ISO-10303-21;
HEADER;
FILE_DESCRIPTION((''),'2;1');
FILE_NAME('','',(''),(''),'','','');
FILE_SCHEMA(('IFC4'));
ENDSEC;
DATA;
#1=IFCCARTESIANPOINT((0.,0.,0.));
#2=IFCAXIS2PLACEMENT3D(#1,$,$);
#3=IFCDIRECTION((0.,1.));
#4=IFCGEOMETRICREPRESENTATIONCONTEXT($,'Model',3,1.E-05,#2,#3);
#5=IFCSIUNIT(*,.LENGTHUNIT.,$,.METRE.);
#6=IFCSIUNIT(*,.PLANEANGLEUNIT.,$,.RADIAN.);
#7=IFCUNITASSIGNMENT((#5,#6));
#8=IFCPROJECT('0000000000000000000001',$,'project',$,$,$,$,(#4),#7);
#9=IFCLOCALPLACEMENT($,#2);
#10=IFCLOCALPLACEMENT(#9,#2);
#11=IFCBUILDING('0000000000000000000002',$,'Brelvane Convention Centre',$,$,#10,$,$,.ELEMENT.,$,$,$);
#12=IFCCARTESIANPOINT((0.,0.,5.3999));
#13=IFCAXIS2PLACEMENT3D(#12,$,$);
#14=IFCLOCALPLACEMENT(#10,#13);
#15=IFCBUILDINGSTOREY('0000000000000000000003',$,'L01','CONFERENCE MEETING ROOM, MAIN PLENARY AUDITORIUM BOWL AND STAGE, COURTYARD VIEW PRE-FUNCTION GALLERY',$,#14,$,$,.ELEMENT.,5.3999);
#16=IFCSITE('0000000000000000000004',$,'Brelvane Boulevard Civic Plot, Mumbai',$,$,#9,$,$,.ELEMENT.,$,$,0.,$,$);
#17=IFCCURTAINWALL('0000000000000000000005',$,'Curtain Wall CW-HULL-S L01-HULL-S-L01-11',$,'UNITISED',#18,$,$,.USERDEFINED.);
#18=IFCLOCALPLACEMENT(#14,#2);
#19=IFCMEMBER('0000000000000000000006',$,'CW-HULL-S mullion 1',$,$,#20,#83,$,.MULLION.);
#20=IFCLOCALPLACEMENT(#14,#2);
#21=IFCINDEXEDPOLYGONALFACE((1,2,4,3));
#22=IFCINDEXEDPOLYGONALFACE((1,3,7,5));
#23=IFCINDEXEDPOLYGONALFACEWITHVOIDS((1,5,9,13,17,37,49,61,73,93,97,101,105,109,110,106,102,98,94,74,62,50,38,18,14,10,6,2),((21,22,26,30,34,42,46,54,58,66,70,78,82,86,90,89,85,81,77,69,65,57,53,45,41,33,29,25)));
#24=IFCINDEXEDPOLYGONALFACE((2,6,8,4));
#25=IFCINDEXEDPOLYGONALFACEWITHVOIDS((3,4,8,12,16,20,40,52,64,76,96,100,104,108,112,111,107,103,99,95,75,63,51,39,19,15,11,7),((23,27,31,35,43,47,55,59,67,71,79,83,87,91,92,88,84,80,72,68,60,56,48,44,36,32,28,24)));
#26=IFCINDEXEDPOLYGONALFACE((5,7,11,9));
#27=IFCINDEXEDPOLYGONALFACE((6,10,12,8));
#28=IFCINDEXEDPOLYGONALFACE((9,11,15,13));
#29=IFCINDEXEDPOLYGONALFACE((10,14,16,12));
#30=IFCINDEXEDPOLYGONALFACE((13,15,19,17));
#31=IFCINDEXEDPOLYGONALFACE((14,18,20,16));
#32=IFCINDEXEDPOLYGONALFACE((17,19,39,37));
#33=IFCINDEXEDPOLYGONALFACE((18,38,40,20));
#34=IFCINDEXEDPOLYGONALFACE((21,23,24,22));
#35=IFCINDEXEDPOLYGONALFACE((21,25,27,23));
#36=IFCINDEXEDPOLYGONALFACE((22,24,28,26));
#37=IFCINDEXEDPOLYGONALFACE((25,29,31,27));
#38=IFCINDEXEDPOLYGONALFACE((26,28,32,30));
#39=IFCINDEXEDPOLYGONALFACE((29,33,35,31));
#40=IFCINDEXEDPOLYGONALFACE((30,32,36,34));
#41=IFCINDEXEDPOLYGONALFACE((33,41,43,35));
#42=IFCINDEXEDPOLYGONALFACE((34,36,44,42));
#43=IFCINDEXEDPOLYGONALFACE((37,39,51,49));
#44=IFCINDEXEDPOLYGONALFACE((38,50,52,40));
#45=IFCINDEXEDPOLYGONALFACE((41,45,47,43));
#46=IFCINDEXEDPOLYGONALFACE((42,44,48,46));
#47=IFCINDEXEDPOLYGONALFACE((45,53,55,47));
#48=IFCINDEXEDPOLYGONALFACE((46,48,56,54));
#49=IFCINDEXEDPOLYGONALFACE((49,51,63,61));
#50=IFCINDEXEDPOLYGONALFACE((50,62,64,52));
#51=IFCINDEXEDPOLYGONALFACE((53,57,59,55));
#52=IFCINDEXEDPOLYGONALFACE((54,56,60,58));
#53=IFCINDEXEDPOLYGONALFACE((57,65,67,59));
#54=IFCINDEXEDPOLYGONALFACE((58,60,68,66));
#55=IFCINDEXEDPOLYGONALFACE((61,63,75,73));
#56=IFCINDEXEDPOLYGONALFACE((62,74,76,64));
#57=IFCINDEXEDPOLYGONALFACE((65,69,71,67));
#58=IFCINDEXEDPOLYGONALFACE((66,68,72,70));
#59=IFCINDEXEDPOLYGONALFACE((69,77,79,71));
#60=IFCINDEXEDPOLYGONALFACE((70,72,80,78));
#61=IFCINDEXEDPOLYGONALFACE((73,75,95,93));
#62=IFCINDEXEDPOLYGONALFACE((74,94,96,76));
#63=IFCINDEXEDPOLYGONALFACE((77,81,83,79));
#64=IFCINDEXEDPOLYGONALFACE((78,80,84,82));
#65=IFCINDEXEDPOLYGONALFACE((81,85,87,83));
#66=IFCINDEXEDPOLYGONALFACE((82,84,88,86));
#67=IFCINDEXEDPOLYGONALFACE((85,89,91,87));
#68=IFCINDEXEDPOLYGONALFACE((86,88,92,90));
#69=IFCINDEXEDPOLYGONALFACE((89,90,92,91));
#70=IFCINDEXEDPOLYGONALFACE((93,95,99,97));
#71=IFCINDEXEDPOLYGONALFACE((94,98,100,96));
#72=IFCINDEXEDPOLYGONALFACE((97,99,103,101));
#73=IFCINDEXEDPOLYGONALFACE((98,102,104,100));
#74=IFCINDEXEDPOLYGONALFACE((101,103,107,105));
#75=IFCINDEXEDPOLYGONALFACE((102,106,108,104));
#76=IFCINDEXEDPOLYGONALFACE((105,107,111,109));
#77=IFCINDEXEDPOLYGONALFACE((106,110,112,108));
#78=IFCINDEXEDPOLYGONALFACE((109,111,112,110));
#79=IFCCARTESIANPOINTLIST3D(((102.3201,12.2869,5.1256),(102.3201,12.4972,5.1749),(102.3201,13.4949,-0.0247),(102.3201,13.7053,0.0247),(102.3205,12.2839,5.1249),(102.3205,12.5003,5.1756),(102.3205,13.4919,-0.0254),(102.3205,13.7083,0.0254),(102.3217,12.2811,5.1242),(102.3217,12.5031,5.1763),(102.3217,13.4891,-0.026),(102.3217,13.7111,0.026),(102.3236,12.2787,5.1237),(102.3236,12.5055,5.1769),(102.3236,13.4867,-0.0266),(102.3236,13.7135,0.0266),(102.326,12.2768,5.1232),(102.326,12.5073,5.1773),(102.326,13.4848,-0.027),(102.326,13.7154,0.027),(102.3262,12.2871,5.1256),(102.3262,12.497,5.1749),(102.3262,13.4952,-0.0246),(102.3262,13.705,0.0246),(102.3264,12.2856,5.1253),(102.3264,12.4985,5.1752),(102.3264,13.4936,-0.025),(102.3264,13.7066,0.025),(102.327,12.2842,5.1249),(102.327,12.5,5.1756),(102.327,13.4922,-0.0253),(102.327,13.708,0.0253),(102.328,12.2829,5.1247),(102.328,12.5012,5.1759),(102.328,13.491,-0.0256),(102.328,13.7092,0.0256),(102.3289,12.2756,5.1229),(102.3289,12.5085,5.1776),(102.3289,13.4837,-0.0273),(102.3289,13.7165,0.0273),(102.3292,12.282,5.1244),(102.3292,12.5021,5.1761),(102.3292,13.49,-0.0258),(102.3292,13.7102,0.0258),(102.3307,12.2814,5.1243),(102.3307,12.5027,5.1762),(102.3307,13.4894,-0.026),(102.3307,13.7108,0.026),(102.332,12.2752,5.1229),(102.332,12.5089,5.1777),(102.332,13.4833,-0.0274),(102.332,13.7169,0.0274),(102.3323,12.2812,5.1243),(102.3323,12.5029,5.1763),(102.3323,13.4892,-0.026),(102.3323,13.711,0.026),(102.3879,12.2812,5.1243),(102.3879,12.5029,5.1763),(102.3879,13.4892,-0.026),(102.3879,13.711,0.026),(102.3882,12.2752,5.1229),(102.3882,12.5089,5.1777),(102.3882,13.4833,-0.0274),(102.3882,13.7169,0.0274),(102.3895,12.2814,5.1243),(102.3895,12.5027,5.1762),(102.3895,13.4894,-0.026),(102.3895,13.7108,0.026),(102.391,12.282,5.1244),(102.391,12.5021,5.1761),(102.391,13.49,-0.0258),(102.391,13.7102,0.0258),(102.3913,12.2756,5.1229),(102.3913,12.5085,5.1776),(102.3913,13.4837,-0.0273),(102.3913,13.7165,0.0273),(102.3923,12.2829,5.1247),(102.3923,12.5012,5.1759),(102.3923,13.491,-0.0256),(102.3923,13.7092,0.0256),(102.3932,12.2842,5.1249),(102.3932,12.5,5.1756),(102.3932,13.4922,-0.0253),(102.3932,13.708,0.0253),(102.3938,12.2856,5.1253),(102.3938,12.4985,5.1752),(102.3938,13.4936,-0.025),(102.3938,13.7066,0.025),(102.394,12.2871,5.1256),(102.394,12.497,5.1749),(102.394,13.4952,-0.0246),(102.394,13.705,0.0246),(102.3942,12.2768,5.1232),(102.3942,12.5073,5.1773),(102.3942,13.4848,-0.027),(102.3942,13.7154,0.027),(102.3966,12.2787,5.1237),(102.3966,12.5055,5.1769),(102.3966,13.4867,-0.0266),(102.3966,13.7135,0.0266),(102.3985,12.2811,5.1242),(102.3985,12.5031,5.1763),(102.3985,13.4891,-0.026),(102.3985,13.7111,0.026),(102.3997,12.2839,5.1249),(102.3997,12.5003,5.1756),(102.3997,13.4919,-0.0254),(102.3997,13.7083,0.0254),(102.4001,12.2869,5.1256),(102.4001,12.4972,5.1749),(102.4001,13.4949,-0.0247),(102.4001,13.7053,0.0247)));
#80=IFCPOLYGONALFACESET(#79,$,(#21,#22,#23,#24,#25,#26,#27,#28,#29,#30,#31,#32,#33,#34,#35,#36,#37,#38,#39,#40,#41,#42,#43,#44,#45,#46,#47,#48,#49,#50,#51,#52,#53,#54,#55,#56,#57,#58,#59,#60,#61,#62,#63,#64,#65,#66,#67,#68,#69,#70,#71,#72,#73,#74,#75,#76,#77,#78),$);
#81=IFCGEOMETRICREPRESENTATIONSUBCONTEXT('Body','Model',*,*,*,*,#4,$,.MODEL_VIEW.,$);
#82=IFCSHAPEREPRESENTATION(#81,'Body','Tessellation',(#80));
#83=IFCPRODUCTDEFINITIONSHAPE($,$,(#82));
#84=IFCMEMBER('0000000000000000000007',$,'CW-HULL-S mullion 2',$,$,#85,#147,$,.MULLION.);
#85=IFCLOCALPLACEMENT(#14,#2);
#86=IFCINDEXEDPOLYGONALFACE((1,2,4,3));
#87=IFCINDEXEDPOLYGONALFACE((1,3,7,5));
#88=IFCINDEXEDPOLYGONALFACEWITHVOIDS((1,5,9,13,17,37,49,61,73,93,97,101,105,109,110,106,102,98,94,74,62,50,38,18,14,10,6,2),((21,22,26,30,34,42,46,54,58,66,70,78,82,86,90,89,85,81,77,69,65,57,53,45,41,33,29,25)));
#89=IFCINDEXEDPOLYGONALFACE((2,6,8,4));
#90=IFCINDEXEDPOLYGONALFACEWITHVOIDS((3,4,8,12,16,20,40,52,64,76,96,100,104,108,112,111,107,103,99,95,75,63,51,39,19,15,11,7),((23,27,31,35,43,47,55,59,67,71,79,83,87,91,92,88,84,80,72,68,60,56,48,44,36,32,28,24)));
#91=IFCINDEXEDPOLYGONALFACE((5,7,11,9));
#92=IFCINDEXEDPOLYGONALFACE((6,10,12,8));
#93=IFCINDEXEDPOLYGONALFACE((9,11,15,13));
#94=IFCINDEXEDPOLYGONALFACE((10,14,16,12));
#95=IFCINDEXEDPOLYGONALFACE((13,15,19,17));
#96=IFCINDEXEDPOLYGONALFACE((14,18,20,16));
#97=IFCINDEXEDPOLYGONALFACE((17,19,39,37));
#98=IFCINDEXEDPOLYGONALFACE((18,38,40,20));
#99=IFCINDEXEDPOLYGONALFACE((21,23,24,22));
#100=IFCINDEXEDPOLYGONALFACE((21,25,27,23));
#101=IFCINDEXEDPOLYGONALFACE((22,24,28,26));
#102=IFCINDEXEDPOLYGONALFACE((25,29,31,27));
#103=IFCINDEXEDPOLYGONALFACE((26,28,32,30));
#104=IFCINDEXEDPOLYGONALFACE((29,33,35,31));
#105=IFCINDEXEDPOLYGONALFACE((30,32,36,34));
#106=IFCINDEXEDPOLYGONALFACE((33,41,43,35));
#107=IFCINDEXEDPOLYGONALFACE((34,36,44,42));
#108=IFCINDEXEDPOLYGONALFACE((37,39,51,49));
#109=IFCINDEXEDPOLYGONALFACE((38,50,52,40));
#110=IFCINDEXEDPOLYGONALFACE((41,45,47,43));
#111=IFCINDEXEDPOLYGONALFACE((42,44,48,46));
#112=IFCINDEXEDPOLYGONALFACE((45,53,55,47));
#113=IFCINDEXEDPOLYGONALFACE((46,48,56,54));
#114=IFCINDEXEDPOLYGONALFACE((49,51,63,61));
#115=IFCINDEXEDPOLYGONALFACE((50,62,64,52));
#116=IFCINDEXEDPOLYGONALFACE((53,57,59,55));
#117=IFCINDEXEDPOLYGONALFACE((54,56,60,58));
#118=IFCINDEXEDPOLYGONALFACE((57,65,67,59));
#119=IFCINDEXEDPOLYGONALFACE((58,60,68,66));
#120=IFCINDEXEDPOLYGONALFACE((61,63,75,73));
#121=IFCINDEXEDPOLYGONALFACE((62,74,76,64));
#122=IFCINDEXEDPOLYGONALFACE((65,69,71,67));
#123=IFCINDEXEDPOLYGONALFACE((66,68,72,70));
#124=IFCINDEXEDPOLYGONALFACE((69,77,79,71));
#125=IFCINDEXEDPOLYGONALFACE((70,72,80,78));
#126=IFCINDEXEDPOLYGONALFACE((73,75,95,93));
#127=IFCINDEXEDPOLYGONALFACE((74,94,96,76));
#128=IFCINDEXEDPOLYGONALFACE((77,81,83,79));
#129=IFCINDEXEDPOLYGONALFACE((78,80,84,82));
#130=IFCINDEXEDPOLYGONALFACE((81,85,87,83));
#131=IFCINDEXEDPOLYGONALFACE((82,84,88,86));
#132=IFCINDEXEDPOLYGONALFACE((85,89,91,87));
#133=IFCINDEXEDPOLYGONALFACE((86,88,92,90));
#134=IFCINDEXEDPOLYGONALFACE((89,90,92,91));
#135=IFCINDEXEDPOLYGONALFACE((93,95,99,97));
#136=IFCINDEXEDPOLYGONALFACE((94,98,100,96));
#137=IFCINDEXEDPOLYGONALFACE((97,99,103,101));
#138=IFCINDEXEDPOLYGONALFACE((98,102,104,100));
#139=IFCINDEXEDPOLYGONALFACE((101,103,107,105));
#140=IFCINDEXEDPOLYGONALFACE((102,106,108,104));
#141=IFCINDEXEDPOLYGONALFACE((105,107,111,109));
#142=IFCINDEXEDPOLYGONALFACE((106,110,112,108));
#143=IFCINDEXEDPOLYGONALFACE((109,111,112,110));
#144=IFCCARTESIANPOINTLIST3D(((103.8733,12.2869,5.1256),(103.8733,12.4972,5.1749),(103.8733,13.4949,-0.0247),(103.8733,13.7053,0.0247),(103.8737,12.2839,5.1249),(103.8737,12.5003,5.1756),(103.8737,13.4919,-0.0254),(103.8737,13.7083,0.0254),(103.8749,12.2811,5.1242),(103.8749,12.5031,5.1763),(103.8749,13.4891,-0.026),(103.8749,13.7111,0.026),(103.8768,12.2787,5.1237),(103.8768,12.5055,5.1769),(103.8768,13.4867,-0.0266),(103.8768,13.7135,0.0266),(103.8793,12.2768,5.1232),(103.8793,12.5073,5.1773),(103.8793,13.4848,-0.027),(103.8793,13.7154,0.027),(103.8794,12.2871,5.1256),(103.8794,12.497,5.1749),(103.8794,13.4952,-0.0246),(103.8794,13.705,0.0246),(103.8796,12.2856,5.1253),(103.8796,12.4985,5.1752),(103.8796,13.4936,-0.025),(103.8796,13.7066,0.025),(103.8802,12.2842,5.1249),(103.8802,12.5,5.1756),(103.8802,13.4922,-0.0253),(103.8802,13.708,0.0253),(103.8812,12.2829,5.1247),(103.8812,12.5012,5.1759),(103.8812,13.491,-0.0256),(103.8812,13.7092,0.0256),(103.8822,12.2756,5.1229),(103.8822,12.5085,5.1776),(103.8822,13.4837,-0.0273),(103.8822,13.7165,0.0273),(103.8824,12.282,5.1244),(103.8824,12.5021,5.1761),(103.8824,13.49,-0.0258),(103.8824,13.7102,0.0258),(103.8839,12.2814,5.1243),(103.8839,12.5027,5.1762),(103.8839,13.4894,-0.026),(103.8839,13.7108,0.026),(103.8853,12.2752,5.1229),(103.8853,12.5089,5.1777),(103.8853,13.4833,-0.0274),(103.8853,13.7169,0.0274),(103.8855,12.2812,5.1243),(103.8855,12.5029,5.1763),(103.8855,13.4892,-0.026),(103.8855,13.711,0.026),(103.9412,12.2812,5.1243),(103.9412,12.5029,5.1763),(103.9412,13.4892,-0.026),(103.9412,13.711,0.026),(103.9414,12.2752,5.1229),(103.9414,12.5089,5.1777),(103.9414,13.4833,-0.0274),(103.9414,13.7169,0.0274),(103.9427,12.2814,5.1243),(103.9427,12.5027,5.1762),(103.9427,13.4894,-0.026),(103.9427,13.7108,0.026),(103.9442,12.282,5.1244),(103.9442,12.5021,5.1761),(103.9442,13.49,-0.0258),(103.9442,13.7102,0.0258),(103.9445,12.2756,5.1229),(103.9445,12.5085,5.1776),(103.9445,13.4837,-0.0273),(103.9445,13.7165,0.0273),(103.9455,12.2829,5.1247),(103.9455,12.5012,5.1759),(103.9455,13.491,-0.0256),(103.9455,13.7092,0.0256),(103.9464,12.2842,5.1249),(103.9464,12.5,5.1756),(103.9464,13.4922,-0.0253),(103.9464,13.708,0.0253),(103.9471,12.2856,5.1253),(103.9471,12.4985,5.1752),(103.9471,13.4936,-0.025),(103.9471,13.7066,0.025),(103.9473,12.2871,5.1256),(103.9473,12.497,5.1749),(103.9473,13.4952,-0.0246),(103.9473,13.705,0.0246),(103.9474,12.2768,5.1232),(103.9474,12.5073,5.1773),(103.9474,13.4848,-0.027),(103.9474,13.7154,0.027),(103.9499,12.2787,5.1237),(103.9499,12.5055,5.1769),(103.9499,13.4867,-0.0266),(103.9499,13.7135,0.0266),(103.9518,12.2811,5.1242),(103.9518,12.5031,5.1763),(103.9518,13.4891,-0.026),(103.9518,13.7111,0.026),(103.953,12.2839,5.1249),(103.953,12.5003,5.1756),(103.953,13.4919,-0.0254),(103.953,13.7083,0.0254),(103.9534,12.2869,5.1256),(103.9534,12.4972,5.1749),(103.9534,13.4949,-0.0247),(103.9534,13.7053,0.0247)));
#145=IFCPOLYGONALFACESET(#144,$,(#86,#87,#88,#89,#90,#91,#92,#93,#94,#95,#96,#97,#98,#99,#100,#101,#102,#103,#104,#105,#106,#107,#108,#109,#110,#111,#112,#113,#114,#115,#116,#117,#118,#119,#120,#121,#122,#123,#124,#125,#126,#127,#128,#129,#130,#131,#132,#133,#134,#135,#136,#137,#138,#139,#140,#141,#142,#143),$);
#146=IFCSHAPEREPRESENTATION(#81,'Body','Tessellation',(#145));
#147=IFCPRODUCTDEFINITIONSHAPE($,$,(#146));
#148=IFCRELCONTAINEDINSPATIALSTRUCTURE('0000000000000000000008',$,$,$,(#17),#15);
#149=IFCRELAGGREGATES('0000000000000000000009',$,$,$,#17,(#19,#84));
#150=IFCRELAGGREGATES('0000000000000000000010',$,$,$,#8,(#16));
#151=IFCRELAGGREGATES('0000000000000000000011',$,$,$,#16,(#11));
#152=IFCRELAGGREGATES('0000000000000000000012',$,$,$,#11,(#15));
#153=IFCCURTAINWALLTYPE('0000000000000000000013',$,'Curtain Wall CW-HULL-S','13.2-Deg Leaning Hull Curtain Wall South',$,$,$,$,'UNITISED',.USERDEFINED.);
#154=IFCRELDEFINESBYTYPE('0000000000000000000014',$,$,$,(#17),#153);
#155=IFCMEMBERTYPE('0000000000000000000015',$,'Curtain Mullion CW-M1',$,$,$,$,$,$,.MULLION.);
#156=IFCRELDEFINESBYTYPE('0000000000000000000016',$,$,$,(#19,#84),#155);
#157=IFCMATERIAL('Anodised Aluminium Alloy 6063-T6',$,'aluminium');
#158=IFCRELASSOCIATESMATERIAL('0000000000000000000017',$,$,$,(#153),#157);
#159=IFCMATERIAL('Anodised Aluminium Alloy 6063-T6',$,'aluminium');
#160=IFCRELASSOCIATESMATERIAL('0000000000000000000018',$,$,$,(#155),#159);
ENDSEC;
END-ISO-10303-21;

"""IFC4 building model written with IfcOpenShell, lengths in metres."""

from ifc_helpers import new_model, si_unit, direction, frame, origin, origin_2d, place, context, subcontext, project, spatial, hollow_rectangle, extrude, material, material_profile, profile_set, type_object, element, aggregate, save


model = new_model("IFC4")

# Units and contexts
model_context = context("Model", 3, precision=1e-05, world=origin(), true_north=direction((0.0, 1.0)))
body_context = subcontext(model_context, "Body", "Model", "MODEL_VIEW")
ifc_project = project(units=[si_unit("LENGTHUNIT", "METRE"), si_unit("PLANEANGLEUNIT", "RADIAN")], contexts=[model_context])

# Site, building, storey
site_placement = place(None, origin())
site = spatial("IfcSite", under=ifc_project, at=site_placement, Name="Brelvane Boulevard Civic Plot, Mumbai", CompositionType="ELEMENT", RefElevation=0.0)
building_placement = place(site_placement, origin())
building = spatial("IfcBuilding", under=site, at=building_placement, Name="Brelvane Convention Centre", CompositionType="ELEMENT")
storey_placement = place(building_placement, frame((0.0, 0.0, 5.3999)))
storey = spatial("IfcBuildingStorey", under=building, at=storey_placement, Name="L01", Description="CONFERENCE MEETING ROOM, MAIN PLENARY AUDITORIUM BOWL AND STAGE, COURTYARD VIEW PRE-FUNCTION GALLERY", CompositionType="ELEMENT", Elevation=5.3999)

# Curtain wall, members
ifc_material_1 = material(Name="Anodised Aluminium Alloy 6063-T6", Category="aluminium")
curtain_wall_type = type_object("IfcCurtainWallType", Name="Curtain Wall CW-HULL-S", Description="13.2-Deg Leaning Hull Curtain Wall South", ElementType="UNITISED", PredefinedType="USERDEFINED", material=ifc_material_1)
ifc_material_2 = material(Name="Anodised Aluminium Alloy 6063-T6", Category="aluminium")
ifc_material_profile_1 = material_profile(ifc_material_2, hollow_rectangle(XDim=0.0801, YDim=0.24, WallThickness=0.0061, InnerFilletRadius=0.0061, OuterFilletRadius=0.012, at=origin_2d()), Name="ALU-M 240x80x6.0")
ifc_profile_set_1 = profile_set([ifc_material_profile_1], Name="Anodised Aluminium Alloy 6063-T6")
member_type_1 = type_object("IfcMemberType", Name="Curtain Mullion CW-M1", PredefinedType="MULLION", material=ifc_profile_set_1)
curtain_wall_1_placement = place(storey_placement, origin())
curtain_wall_1 = element("IfcCurtainWall", 1, at=curtain_wall_1_placement, inside=storey, type_object=curtain_wall_type, Name="Curtain Wall CW-HULL-S L01-HULL-S-L01-11", ObjectType="UNITISED", PredefinedType="USERDEFINED")
member_1_placement = place(storey_placement, frame((102.3601, 13.6001, 0.0), z_axis=(0.0, -0.22836, 0.973577), x_axis=(1.0, 0.0, 0.0)))
member_1 = element("IfcMember", 2, at=member_1_placement, type_object=member_type_1, Name="CW-HULL-S mullion 1", PredefinedType="MULLION", context=body_context, shape_type="SweptSolid", body=[
    extrude(hollow_rectangle(XDim=0.0801, YDim=0.24, WallThickness=0.0061, InnerFilletRadius=0.0061, OuterFilletRadius=0.012, at=origin_2d()), origin(), (0.0, 0.0, 1.0), 5.29),
])
member_2_placement = place(storey_placement, frame((103.9133, 13.6001, 0.0), z_axis=(0.0, -0.22836, 0.973577), x_axis=(1.0, 0.0, 0.0)))
member_2 = element("IfcMember", 3, at=member_2_placement, type_object=member_type_1, Name="CW-HULL-S mullion 2", PredefinedType="MULLION", context=body_context, shape_type="SweptSolid", body=[
    extrude(hollow_rectangle(XDim=0.0801, YDim=0.24, WallThickness=0.0061, InnerFilletRadius=0.0061, OuterFilletRadius=0.012, at=origin_2d()), origin(), (0.0, 0.0, 1.0), 5.29),
])

aggregate(curtain_wall_1, [member_1, member_2])

save(model, "model.ifc")
